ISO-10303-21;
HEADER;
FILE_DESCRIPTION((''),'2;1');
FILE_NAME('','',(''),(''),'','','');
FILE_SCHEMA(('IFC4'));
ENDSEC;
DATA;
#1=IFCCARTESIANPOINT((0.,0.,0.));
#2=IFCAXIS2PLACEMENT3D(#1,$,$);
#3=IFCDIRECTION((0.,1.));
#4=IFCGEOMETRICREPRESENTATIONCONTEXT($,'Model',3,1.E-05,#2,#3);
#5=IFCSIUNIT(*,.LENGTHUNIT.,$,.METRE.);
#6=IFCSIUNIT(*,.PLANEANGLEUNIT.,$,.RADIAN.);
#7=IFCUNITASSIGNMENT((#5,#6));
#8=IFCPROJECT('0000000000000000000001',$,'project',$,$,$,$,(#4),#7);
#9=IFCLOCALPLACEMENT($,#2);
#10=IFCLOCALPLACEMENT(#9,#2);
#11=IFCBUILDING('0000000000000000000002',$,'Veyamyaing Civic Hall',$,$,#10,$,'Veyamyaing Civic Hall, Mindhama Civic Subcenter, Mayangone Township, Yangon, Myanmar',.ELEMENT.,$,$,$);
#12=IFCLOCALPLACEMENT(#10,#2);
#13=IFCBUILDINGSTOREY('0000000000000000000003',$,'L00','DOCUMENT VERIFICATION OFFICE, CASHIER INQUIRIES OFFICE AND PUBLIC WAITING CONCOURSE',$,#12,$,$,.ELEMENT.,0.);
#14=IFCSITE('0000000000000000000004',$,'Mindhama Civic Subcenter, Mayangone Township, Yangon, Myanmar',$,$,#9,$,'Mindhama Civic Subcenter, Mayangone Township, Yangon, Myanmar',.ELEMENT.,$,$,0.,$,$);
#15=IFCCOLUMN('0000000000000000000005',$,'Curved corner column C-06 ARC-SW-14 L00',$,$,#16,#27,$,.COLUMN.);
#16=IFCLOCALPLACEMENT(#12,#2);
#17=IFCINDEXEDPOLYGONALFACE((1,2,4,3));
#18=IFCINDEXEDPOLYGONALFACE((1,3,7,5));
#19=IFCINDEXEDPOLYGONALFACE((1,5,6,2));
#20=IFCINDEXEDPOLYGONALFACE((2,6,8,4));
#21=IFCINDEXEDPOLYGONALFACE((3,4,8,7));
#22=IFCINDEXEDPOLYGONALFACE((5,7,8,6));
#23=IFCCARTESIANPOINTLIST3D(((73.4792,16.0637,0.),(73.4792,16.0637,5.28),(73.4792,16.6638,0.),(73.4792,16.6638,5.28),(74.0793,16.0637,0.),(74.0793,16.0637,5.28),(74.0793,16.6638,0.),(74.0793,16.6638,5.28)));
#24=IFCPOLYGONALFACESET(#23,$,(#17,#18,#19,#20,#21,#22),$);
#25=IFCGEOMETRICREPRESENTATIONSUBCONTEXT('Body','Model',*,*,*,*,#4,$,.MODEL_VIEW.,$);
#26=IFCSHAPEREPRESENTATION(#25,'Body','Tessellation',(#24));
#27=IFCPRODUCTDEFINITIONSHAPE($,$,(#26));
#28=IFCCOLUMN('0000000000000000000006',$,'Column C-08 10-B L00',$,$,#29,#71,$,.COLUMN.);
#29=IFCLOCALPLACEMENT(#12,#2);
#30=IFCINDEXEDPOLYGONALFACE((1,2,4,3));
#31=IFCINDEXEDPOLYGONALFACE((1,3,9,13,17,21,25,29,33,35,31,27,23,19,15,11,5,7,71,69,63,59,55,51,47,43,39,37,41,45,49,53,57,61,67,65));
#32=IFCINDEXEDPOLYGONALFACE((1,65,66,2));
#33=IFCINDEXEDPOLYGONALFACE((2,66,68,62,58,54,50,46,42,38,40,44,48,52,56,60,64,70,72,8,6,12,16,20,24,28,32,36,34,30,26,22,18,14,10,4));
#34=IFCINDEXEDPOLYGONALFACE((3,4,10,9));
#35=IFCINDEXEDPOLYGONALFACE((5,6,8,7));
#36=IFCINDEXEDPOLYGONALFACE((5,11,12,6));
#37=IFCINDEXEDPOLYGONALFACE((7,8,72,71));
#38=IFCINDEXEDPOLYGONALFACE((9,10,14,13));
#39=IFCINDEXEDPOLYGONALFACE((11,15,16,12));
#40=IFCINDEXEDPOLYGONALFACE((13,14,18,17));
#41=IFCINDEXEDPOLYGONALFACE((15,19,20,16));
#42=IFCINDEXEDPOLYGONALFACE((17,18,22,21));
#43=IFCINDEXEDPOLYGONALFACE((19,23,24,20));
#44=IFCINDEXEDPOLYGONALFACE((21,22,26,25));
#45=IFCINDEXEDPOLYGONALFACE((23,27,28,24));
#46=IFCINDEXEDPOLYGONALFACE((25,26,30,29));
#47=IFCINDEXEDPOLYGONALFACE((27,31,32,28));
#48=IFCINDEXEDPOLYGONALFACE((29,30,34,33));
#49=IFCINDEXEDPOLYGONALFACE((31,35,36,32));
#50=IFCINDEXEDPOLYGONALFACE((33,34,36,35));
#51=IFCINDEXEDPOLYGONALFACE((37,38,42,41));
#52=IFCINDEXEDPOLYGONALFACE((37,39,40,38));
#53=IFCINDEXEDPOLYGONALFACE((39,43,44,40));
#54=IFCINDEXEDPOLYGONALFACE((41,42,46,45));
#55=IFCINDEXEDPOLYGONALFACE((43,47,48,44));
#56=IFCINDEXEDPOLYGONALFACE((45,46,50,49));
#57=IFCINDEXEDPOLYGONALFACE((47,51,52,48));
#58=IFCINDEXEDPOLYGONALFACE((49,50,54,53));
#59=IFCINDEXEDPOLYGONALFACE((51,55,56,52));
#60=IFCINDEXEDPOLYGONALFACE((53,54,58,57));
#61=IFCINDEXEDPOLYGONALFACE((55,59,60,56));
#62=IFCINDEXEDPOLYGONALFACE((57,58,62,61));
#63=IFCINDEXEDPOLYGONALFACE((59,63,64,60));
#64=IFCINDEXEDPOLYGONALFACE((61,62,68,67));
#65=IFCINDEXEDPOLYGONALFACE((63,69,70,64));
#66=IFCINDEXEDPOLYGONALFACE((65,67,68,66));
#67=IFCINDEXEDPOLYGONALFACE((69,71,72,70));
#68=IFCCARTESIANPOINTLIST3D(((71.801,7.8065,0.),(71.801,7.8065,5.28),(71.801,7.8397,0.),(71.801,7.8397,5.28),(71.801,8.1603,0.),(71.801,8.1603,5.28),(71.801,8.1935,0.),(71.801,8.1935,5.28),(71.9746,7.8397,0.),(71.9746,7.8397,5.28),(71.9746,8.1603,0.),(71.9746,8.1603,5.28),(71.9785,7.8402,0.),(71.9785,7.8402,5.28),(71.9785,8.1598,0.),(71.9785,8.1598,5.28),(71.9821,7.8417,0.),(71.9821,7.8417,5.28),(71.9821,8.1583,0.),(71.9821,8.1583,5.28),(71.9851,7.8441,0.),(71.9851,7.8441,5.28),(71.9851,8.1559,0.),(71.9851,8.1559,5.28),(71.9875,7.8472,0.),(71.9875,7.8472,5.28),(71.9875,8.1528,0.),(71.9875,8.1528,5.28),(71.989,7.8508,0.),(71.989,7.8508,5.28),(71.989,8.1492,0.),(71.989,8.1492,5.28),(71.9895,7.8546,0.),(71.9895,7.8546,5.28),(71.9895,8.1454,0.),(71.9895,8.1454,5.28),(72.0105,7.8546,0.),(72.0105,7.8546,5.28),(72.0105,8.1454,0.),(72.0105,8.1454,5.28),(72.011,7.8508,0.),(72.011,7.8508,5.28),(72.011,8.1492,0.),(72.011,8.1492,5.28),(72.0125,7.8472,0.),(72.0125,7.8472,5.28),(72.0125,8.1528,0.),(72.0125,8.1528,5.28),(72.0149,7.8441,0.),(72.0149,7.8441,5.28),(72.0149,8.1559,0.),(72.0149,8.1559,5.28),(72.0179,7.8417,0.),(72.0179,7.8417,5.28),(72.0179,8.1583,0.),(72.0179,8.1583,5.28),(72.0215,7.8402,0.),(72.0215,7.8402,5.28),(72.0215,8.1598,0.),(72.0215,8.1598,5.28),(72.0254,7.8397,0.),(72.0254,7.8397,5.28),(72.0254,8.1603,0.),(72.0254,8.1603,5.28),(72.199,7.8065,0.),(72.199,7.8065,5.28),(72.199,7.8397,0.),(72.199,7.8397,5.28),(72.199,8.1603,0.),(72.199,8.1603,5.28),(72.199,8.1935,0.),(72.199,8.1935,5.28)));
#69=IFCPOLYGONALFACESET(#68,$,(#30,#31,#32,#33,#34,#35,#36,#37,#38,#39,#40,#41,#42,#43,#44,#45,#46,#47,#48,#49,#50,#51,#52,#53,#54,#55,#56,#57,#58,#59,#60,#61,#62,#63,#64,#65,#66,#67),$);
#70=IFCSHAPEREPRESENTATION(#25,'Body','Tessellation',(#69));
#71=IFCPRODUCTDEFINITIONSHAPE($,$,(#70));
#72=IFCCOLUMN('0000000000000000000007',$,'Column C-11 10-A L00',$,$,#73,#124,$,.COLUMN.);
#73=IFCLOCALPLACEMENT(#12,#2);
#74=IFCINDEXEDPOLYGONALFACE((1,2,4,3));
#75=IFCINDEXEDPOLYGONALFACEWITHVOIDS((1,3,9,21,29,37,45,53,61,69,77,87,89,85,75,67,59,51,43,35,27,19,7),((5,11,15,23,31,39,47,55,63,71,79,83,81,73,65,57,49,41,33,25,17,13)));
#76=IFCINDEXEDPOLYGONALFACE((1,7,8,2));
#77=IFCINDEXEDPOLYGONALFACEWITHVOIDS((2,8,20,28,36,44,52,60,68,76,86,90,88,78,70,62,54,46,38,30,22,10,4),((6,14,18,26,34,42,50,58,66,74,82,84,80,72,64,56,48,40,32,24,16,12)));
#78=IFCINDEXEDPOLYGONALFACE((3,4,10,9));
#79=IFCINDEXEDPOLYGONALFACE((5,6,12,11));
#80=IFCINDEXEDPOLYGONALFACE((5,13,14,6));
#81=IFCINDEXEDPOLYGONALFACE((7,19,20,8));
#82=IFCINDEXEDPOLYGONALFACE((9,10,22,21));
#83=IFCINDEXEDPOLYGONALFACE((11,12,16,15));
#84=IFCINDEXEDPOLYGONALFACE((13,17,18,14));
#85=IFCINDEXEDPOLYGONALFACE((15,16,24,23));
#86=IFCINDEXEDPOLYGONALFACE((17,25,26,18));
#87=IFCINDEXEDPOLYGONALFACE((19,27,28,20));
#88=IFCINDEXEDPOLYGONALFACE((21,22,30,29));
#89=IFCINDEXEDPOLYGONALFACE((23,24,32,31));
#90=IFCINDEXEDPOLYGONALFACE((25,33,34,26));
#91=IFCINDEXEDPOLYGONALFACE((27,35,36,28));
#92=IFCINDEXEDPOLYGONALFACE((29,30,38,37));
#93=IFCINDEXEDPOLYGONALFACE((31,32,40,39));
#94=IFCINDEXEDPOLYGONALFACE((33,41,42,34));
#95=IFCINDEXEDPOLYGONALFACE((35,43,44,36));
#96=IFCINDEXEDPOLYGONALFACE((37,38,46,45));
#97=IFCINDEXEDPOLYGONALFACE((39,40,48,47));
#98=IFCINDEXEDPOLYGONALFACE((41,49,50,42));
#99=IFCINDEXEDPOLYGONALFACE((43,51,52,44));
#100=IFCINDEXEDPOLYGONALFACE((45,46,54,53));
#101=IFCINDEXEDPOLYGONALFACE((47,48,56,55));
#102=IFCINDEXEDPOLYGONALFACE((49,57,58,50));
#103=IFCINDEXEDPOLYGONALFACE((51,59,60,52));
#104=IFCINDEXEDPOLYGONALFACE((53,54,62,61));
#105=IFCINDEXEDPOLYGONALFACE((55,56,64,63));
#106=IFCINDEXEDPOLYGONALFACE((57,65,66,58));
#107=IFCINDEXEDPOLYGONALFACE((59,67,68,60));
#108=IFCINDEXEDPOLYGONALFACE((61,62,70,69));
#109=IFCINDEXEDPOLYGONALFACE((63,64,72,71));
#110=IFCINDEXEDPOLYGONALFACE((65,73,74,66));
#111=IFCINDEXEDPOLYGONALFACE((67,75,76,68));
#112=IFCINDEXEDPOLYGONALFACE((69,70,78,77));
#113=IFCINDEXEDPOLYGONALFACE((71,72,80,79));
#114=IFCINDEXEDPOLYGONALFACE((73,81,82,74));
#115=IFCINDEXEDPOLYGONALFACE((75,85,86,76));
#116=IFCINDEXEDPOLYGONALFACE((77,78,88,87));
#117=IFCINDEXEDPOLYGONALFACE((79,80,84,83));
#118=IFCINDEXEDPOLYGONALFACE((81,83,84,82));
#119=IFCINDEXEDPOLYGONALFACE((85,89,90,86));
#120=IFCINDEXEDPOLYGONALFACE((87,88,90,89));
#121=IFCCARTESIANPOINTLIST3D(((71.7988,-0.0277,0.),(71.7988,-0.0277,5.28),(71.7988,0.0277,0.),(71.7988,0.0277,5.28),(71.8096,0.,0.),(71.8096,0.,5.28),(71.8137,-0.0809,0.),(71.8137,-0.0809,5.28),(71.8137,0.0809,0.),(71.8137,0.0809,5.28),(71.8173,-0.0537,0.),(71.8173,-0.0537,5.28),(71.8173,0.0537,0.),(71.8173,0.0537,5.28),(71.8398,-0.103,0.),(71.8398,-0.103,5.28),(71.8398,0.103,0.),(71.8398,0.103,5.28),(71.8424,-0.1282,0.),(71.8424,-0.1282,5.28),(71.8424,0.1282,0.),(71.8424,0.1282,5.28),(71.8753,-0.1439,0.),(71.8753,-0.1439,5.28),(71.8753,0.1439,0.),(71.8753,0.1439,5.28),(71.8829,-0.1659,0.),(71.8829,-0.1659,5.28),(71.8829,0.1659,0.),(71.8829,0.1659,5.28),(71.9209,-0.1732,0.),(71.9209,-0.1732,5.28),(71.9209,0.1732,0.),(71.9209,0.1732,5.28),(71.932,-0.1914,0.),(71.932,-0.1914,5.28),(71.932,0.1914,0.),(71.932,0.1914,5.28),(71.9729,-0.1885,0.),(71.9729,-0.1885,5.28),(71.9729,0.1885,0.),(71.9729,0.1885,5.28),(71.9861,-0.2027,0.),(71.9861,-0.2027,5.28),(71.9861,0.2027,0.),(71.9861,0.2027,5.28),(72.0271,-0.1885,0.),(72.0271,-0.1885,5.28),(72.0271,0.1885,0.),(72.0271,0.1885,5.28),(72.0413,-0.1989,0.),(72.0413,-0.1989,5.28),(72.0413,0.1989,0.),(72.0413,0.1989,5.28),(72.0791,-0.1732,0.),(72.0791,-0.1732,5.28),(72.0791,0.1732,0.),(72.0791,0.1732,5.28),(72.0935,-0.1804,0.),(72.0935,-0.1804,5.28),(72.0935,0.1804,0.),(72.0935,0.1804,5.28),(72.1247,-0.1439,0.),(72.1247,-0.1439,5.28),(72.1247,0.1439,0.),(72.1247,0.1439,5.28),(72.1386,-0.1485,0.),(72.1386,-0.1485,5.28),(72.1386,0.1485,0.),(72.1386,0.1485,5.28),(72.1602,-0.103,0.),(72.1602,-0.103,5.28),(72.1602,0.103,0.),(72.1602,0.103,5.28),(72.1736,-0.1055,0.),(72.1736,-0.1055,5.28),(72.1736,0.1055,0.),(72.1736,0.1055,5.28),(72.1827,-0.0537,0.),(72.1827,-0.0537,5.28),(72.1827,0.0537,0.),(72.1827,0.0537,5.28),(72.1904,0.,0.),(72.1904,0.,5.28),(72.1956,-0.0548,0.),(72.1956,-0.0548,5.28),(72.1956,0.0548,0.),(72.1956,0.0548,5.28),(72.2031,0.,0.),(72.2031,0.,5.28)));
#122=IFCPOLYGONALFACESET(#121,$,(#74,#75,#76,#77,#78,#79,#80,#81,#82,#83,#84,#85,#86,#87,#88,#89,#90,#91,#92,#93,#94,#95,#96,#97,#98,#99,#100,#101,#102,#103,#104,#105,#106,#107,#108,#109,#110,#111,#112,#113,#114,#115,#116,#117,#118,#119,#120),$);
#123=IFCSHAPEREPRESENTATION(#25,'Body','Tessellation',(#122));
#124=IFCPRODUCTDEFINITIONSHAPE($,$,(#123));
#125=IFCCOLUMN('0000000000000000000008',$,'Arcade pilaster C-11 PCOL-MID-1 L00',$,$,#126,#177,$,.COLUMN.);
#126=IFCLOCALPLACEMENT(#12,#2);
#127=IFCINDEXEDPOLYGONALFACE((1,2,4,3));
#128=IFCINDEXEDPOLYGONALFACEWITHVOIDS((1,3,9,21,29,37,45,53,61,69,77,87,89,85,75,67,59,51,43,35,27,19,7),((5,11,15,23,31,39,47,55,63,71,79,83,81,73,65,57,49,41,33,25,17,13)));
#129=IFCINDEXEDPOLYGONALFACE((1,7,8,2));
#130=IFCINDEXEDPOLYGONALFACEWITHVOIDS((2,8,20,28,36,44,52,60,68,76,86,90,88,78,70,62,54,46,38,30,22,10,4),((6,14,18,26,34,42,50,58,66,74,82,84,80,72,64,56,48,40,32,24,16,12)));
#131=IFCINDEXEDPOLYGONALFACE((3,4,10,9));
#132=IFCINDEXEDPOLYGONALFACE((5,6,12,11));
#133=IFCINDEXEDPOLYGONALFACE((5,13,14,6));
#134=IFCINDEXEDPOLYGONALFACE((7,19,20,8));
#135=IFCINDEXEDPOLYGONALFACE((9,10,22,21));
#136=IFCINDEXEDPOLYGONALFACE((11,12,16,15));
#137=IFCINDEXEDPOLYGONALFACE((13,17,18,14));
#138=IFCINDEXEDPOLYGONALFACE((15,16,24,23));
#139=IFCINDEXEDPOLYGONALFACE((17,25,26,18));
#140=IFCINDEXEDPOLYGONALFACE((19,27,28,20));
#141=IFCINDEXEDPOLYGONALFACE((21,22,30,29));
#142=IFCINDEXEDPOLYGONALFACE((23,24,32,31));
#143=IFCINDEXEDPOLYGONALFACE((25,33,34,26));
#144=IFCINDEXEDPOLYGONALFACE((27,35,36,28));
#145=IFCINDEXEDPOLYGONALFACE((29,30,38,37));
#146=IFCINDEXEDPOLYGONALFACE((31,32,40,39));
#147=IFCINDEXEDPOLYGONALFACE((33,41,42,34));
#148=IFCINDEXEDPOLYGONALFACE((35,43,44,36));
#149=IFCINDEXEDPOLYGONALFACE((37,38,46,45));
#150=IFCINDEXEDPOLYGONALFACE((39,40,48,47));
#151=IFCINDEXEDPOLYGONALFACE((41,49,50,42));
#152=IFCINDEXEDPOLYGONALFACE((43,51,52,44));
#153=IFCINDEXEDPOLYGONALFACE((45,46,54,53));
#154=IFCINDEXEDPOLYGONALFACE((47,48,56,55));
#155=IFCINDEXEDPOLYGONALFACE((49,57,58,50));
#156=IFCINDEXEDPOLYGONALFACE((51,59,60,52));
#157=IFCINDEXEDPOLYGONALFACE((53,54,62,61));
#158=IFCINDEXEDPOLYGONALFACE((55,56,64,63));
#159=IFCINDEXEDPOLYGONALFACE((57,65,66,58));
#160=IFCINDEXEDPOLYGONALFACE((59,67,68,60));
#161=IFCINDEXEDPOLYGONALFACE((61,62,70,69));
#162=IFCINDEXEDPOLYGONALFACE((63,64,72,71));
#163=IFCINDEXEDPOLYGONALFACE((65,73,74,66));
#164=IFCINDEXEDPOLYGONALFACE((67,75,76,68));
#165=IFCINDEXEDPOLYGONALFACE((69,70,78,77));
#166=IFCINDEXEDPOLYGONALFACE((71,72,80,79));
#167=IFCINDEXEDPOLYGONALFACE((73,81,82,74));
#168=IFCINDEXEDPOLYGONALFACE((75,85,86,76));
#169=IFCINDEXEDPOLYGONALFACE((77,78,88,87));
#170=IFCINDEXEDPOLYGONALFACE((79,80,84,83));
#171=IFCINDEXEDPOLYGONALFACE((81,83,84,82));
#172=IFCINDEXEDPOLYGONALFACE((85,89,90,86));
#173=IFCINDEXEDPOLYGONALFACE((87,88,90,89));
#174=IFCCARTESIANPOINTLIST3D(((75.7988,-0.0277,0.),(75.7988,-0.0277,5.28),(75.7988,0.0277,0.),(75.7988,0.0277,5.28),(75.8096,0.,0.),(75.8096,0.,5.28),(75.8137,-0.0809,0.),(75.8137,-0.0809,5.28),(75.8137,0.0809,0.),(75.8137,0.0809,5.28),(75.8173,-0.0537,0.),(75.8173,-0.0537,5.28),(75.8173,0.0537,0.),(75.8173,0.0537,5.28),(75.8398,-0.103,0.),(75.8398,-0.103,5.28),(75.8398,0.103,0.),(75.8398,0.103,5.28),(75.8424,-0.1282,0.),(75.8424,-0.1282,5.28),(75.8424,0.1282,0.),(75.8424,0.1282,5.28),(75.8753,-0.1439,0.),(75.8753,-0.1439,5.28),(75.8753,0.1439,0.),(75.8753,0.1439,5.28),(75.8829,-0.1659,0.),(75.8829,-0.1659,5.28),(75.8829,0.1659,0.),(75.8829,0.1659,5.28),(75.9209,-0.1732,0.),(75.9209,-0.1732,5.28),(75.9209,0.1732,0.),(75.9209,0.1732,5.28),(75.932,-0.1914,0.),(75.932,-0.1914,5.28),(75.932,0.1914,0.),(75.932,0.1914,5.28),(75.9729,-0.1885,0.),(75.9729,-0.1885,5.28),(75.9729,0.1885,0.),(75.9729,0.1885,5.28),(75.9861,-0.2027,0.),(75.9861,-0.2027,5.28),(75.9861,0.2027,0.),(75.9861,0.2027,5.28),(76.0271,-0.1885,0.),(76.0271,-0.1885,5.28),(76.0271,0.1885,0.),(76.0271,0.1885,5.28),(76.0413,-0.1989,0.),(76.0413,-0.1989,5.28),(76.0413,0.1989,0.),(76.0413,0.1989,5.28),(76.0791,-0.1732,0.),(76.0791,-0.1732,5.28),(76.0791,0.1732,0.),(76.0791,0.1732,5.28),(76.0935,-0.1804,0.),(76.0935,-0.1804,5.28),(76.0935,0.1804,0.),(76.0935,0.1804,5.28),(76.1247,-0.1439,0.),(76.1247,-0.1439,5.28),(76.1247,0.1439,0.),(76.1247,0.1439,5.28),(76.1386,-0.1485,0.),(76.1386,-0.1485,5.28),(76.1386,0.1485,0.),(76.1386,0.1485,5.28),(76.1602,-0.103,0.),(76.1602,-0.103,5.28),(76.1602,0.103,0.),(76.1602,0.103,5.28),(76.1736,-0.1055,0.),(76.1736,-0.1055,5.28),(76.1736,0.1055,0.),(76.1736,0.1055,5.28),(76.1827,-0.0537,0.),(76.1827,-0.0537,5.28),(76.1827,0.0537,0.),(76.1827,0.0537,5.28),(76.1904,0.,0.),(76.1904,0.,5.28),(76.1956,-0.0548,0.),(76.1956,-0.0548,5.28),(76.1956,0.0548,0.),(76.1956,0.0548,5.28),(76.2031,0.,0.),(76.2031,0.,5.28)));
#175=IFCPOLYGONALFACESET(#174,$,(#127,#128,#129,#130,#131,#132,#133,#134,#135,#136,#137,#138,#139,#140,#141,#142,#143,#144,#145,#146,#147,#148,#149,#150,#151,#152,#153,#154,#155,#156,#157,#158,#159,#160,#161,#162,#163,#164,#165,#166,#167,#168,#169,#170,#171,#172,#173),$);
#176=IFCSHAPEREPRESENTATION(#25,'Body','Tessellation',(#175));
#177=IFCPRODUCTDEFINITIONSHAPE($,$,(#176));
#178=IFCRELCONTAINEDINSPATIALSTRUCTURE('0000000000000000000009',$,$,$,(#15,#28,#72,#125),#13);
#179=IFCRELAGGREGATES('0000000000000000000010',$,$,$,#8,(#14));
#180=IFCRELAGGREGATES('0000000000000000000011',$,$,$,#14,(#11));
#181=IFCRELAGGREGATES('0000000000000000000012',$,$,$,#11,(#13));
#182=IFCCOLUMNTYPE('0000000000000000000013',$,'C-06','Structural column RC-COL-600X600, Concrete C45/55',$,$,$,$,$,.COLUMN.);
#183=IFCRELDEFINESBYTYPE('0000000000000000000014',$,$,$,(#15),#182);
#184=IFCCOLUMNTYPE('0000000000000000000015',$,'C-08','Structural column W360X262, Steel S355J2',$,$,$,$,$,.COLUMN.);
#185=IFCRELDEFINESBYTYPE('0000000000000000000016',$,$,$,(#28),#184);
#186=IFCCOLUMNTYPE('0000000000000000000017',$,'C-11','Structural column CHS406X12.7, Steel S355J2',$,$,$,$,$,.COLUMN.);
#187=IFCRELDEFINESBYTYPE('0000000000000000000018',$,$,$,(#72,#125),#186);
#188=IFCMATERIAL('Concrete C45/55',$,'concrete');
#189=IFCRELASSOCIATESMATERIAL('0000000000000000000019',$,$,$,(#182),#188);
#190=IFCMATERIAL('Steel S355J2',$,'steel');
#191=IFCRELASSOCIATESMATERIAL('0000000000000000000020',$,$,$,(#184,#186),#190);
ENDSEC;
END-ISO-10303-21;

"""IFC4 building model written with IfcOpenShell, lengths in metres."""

from ifc_helpers import new_model, si_unit, direction, frame, origin, origin_2d, place, context, subcontext, project, spatial, rectangle, hollow_circle, i_section, extrude, material, material_profile, profile_set, type_object, element, save


model = new_model("IFC4")

# Units and contexts
model_context = context("Model", 3, precision=1e-05, world=origin(), true_north=direction((0.0, 1.0)))
body_context = subcontext(model_context, "Body", "Model", "MODEL_VIEW")
ifc_project = project(units=[si_unit("LENGTHUNIT", "METRE"), si_unit("PLANEANGLEUNIT", "RADIAN")], contexts=[model_context])

# Site, building, storey
site_placement = place(None, origin())
site = spatial("IfcSite", under=ifc_project, at=site_placement, Name="Mindhama Civic Subcenter, Mayangone Township, Yangon, Myanmar", LongName="Mindhama Civic Subcenter, Mayangone Township, Yangon, Myanmar", CompositionType="ELEMENT", RefElevation=0.0)
building_placement = place(site_placement, origin())
building = spatial("IfcBuilding", under=site, at=building_placement, Name="Veyamyaing Civic Hall", LongName="Veyamyaing Civic Hall, Mindhama Civic Subcenter, Mayangone Township, Yangon, Myanmar", CompositionType="ELEMENT")
storey_placement = place(building_placement, origin())
storey = spatial("IfcBuildingStorey", under=building, at=storey_placement, Name="L00", Description="DOCUMENT VERIFICATION OFFICE, CASHIER INQUIRIES OFFICE AND PUBLIC WAITING CONCOURSE", CompositionType="ELEMENT", Elevation=0.0)

# Columns
ifc_material_1 = material(Name="Concrete C45/55", Category="concrete")
ifc_material_profile_1 = material_profile(ifc_material_1, rectangle(XDim=0.6001, YDim=0.6001, at=origin_2d()), Name="RC-COL-600X600")
ifc_profile_set_1 = profile_set([ifc_material_profile_1], Name="Concrete C45/55")
column_type_1 = type_object("IfcColumnType", Name="C-06", Description="Structural column RC-COL-600X600, Concrete C45/55", PredefinedType="COLUMN", material=ifc_profile_set_1)
column_1_placement = place(storey_placement, frame((73.7793, 16.3638, 0.0), z_axis=(0.0, 0.0, 1.0), x_axis=(1.0, 0.0, 0.0)))
element("IfcColumn", 1, at=column_1_placement, inside=storey, type_object=column_type_1, Name="Curved corner column C-06 ARC-SW-14 L00", PredefinedType="COLUMN", context=body_context, shape_type="SweptSolid", body=[
    extrude(rectangle(XDim=0.6001, YDim=0.6001, at=origin_2d()), origin(), (0.0, 0.0, 1.0), 5.28),
])
ifc_material_2 = material(Name="Steel S355J2", Category="steel")
ifc_material_profile_2 = material_profile(ifc_material_2, i_section(OverallWidth=0.3979, OverallDepth=0.387, WebThickness=0.021, FlangeThickness=0.0332, FilletRadius=0.0149, at=origin_2d()), Name="W360X262")
ifc_profile_set_2 = profile_set([ifc_material_profile_2], Name="Steel S355J2")
column_type_2 = type_object("IfcColumnType", Name="C-08", Description="Structural column W360X262, Steel S355J2", PredefinedType="COLUMN", material=ifc_profile_set_2)
column_2_placement = place(storey_placement, frame((72.0, 8.0, 0.0), z_axis=(0.0, 0.0, 1.0), x_axis=(1.0, 0.0, 0.0)))
element("IfcColumn", 2, at=column_2_placement, inside=storey, type_object=column_type_2, Name="Column C-08 10-B L00", PredefinedType="COLUMN", context=body_context, shape_type="SweptSolid", body=[
    extrude(i_section(OverallWidth=0.3979, OverallDepth=0.387, WebThickness=0.021, FlangeThickness=0.0332, FilletRadius=0.0149, at=origin_2d()), origin(), (0.0, 0.0, 1.0), 5.28),
])
ifc_material_profile_3 = material_profile(ifc_material_2, hollow_circle(Radius=0.2031, WallThickness=0.0127, at=origin_2d()), Name="CHS406X12.7")
ifc_profile_set_3 = profile_set([ifc_material_profile_3], Name="Steel S355J2")
column_type_3 = type_object("IfcColumnType", Name="C-11", Description="Structural column CHS406X12.7, Steel S355J2", PredefinedType="COLUMN", material=ifc_profile_set_3)
for number, where, z_axis, x_axis, name in (
    (3, (72.0, 0.0, 0.0), (0.0, 0.0, 1.0), (1.0, 0.0, 0.0), "Column C-11 10-A L00"),
    (4, (76.0, 0.0, 0.0), (0.0, 0.0, 1.0), (1.0, 0.0, 0.0), "Arcade pilaster C-11 PCOL-MID-1 L00"),
):
    element("IfcColumn", number, at=place(storey_placement, frame(where, z_axis=z_axis, x_axis=x_axis)), inside=storey, type_object=column_type_3, Name=name, PredefinedType="COLUMN", context=body_context, shape_type="SweptSolid", body=[
        extrude(hollow_circle(Radius=0.2031, WallThickness=0.0127, at=origin_2d()), origin(), (0.0, 0.0, 1.0), 5.28),
    ])

save(model, "model.ifc")
